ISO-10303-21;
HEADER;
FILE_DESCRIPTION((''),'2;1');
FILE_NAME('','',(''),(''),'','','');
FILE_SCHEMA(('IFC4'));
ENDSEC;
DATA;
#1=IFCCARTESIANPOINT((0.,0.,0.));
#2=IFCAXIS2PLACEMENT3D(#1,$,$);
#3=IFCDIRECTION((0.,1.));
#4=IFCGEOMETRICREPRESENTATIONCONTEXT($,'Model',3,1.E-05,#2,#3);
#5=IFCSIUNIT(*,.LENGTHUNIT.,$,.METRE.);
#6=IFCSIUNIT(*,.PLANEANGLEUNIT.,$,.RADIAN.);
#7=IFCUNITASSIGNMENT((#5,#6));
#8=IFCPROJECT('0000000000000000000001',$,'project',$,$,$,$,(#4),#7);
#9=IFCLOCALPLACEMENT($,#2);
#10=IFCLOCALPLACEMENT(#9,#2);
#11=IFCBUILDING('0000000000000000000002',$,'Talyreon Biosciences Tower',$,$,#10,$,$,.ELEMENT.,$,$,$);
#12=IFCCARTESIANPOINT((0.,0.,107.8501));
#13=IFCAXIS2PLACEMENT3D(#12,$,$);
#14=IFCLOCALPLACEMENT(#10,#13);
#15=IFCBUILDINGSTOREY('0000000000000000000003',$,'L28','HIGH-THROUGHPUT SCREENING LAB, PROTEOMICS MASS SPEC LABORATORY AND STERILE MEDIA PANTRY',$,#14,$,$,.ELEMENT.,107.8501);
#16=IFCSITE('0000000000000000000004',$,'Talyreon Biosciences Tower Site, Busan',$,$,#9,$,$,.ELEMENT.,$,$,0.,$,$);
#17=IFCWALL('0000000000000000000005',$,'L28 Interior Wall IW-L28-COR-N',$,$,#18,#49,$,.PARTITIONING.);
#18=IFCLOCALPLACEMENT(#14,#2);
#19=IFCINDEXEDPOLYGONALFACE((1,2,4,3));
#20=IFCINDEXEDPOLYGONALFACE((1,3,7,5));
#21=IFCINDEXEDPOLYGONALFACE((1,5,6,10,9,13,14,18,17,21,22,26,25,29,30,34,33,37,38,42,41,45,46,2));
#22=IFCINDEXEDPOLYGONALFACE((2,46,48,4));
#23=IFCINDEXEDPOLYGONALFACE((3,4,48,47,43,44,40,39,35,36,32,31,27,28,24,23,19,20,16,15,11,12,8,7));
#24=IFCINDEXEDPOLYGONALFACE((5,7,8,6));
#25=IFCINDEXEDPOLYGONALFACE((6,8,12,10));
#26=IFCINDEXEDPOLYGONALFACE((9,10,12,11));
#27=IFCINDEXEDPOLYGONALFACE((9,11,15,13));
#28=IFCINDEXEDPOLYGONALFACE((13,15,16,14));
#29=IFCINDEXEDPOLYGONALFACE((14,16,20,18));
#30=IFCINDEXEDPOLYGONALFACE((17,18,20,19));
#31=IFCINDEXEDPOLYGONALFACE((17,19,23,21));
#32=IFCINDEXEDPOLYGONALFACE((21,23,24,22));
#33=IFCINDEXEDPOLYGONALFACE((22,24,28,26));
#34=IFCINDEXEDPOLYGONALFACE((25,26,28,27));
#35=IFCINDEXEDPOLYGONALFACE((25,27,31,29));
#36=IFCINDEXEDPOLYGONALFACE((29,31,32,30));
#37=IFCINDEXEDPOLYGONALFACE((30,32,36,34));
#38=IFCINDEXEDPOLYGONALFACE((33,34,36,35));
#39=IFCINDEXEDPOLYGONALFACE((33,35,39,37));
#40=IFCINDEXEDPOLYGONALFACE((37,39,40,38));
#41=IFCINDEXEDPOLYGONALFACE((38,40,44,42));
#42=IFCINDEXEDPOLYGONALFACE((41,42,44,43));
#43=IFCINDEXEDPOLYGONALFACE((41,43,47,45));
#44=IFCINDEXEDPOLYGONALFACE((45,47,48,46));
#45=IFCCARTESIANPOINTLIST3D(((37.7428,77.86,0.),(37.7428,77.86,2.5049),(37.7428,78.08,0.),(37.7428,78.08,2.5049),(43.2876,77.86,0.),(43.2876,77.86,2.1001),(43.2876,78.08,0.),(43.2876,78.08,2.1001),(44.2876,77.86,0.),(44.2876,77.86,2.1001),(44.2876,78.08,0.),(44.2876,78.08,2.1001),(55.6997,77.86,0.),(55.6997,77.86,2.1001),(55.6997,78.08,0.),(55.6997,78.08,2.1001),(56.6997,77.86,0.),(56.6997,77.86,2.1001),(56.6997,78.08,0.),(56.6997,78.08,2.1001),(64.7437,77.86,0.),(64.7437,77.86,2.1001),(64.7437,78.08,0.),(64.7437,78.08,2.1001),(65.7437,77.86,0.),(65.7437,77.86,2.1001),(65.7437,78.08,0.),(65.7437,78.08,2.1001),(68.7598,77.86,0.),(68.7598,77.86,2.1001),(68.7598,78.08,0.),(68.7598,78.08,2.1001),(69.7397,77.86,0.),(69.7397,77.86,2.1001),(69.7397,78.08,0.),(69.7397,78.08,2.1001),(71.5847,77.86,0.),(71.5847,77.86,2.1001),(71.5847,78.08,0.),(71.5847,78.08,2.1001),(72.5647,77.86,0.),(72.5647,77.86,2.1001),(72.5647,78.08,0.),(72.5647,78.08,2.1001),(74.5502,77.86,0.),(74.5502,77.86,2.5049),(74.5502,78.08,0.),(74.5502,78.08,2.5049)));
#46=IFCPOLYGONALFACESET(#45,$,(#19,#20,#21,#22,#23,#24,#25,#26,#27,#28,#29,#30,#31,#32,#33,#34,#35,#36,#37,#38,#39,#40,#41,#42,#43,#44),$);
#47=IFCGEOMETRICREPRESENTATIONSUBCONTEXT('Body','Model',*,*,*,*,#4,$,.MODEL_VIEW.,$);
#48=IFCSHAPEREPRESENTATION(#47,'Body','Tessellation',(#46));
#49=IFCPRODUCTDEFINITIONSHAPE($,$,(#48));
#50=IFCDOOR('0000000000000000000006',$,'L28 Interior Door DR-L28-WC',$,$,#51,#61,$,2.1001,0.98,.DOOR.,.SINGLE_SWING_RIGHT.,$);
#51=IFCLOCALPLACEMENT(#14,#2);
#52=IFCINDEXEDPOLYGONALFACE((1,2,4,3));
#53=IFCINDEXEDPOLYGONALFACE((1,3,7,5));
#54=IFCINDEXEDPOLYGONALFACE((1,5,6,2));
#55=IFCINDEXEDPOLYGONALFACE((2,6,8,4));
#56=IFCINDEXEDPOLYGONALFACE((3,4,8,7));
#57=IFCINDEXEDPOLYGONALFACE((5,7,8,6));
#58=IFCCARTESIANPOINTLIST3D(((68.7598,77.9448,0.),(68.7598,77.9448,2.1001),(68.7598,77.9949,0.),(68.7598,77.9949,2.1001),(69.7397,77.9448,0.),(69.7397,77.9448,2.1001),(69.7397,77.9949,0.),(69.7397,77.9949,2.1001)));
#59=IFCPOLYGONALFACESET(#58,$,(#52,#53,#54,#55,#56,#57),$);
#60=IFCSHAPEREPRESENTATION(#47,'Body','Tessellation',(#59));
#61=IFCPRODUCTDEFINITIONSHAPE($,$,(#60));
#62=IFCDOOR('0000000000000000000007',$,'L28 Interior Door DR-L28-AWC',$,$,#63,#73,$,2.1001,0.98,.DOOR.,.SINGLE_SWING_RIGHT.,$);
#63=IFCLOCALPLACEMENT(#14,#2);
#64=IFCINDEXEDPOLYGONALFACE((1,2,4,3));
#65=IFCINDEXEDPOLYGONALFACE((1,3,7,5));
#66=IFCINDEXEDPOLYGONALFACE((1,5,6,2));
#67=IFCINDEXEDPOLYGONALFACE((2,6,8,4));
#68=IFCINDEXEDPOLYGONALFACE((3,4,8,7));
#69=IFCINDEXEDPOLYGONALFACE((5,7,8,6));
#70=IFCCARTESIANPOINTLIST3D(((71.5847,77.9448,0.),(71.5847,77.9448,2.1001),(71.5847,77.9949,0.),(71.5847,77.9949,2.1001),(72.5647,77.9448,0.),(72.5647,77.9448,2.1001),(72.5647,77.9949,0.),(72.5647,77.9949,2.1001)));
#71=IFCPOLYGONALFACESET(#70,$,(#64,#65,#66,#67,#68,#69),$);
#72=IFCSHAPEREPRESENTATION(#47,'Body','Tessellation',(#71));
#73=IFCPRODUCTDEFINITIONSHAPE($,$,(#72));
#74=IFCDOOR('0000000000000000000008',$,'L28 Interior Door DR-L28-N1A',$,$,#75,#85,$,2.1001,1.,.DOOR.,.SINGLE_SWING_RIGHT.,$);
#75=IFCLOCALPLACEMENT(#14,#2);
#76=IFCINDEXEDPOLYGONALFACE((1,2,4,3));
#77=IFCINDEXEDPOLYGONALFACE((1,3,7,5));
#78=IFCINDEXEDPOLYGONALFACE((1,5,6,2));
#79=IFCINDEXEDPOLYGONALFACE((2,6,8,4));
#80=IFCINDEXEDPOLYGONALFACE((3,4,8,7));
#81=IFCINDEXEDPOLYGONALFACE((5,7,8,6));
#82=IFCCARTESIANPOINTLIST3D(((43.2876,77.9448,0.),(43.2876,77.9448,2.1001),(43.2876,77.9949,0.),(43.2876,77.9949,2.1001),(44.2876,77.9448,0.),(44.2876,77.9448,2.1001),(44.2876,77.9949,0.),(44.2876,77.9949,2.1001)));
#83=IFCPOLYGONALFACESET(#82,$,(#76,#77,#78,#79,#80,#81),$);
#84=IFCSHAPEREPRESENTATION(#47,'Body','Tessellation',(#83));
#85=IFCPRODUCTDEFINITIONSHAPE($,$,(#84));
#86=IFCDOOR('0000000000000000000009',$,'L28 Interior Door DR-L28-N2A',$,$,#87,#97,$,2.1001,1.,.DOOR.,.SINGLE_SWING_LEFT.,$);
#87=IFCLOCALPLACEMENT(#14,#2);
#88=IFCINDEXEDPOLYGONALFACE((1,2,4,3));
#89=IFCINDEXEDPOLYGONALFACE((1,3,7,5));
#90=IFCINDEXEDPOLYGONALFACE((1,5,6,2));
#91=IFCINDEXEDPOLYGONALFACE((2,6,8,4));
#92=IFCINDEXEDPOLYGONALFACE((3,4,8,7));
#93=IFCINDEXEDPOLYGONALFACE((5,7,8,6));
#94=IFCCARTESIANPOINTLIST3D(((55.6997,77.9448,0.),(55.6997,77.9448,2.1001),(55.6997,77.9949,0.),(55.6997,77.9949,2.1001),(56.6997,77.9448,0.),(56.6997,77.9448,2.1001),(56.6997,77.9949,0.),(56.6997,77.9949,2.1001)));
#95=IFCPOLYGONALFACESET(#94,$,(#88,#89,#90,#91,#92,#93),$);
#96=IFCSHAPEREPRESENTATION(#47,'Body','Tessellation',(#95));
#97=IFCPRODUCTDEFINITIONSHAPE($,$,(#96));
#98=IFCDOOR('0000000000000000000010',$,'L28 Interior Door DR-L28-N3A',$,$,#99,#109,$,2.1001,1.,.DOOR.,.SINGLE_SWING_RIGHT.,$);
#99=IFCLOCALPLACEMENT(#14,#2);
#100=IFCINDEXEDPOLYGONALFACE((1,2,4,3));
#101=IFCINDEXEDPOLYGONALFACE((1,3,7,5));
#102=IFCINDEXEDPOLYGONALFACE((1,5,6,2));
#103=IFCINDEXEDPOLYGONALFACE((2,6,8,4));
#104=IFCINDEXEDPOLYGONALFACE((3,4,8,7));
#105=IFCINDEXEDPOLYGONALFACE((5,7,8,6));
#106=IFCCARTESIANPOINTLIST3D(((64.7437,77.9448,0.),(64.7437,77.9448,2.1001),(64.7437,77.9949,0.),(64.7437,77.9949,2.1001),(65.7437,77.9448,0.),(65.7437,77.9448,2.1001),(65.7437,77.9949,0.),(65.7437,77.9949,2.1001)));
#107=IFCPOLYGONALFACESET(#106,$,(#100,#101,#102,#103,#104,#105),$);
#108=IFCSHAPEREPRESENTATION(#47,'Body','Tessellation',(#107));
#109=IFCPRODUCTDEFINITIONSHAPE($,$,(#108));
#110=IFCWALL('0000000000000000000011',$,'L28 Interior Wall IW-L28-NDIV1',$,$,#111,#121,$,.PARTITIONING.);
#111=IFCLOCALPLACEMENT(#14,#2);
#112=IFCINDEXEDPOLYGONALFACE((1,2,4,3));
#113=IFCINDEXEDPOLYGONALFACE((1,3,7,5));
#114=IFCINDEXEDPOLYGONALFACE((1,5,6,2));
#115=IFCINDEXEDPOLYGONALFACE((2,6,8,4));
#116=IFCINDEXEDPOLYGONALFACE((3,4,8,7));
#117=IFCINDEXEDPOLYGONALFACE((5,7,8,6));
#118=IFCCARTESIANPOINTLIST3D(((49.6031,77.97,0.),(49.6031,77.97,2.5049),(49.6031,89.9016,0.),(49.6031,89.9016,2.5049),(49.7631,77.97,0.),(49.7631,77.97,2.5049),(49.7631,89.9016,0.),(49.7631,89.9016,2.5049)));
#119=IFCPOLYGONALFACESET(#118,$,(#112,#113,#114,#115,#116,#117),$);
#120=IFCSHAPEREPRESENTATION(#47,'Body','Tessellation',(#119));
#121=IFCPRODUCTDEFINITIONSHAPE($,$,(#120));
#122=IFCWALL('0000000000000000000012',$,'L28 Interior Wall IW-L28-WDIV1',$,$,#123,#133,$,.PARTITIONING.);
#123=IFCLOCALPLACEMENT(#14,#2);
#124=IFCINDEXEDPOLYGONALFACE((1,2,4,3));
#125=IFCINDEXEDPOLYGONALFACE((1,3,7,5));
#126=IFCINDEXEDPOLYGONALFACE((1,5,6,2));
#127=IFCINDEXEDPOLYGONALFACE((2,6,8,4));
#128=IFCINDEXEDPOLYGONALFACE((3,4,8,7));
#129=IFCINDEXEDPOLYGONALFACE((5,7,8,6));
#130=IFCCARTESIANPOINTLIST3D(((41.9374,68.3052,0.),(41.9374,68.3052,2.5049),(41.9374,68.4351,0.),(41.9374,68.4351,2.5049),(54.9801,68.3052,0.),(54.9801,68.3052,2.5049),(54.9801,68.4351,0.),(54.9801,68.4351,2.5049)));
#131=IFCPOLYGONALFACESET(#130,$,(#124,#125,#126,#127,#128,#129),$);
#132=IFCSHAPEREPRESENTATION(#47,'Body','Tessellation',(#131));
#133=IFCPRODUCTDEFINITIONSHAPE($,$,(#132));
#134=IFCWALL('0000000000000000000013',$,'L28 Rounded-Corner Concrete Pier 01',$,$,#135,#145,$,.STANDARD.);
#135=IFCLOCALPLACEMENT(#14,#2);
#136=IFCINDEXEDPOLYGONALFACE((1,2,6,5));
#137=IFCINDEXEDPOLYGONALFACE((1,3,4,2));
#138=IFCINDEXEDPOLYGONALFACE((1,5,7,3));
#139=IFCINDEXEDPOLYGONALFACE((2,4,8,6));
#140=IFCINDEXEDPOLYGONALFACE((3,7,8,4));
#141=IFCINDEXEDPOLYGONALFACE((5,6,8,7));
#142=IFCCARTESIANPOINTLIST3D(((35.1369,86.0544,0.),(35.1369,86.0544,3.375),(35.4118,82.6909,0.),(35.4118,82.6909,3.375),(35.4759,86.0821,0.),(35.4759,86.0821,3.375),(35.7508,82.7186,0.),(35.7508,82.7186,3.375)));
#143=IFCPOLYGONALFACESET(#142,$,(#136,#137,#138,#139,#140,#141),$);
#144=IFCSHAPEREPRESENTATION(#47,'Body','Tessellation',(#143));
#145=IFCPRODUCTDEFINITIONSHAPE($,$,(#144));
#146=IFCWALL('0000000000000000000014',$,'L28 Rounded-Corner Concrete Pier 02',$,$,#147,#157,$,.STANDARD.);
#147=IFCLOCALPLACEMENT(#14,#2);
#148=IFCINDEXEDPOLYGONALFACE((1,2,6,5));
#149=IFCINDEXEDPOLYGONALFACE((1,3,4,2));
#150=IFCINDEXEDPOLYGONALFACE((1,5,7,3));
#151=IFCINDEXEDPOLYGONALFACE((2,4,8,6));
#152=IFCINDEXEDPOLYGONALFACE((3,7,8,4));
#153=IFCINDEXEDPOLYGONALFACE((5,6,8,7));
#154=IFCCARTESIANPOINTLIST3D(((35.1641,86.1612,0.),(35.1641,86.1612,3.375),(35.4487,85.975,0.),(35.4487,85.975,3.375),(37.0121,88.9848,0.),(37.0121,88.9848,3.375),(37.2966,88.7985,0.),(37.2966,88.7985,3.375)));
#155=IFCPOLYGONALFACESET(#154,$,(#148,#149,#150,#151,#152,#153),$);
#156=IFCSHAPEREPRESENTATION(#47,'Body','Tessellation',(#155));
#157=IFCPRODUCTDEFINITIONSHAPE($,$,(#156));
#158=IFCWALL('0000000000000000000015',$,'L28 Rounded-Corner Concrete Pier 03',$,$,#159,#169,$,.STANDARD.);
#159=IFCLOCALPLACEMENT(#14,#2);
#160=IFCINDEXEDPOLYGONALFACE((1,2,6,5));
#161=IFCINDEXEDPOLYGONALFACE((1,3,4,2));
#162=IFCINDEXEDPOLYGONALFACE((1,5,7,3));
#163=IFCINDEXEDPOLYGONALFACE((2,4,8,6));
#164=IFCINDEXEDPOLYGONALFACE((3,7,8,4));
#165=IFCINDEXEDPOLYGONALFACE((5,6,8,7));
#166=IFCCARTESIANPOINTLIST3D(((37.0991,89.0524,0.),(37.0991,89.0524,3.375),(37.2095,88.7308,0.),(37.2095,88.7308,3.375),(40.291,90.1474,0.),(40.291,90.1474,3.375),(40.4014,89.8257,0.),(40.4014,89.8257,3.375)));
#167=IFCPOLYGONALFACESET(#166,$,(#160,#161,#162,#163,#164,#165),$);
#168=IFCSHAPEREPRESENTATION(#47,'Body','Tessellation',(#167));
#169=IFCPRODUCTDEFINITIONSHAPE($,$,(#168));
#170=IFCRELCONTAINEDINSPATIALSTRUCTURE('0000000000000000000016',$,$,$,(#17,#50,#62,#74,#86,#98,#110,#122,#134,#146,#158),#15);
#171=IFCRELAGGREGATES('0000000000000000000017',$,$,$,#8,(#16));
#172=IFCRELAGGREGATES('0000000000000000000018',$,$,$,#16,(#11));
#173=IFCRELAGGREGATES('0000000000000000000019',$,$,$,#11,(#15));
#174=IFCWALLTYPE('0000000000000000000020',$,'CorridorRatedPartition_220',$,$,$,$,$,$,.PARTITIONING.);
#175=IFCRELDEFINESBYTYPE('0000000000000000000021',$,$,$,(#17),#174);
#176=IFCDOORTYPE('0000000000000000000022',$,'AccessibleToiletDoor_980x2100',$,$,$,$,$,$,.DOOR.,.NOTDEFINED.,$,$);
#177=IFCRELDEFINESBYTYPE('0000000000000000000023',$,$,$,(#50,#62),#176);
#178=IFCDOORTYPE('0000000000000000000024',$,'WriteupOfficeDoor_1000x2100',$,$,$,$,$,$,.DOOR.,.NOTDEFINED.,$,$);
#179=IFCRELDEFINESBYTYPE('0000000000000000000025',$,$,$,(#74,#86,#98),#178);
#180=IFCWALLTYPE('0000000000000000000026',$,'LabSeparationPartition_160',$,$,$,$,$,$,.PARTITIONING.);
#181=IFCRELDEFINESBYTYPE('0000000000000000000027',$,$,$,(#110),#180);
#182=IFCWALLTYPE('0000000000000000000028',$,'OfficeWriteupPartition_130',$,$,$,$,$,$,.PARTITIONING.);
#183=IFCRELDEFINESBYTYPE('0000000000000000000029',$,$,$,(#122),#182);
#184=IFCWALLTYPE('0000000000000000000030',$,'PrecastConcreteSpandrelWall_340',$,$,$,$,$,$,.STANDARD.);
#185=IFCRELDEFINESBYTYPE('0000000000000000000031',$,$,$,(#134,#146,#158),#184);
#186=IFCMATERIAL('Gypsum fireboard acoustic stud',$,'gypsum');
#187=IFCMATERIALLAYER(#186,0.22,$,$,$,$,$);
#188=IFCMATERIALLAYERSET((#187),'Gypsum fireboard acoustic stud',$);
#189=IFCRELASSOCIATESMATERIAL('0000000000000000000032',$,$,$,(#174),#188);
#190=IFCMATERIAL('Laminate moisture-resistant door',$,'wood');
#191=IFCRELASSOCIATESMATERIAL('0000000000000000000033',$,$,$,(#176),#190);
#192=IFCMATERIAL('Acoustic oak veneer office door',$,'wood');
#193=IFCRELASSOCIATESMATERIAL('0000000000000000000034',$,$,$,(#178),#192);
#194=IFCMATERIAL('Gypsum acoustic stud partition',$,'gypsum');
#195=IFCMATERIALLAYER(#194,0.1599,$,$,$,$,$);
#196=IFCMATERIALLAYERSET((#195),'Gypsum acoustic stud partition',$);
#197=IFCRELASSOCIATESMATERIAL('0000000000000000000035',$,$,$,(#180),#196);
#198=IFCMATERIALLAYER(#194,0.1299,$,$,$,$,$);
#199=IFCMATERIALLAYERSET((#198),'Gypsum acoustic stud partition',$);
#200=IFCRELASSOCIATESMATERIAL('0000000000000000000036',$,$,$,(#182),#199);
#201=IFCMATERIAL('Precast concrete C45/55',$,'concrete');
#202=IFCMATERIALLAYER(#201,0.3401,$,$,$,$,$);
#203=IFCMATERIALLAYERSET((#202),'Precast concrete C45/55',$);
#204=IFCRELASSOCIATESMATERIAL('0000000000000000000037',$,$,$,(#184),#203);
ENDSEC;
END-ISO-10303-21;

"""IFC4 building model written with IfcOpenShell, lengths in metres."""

from ifc_helpers import new_model, si_unit, direction, frame, frame_2d, origin, place, context, subcontext, project, spatial, rectangle, extrude, material, layer, layer_set, type_object, element, fill, save


model = new_model("IFC4")

# Units and contexts
model_context = context("Model", 3, precision=1e-05, world=origin(), true_north=direction((0.0, 1.0)))
body_context = subcontext(model_context, "Body", "Model", "MODEL_VIEW")
ifc_project = project(units=[si_unit("LENGTHUNIT", "METRE"), si_unit("PLANEANGLEUNIT", "RADIAN")], contexts=[model_context])

# Site, building, storey
site_placement = place(None, origin())
site = spatial("IfcSite", under=ifc_project, at=site_placement, Name="Talyreon Biosciences Tower Site, Busan", CompositionType="ELEMENT", RefElevation=0.0)
building_placement = place(site_placement, origin())
building = spatial("IfcBuilding", under=site, at=building_placement, Name="Talyreon Biosciences Tower", CompositionType="ELEMENT")
storey_placement = place(building_placement, frame((0.0, 0.0, 107.8501)))
storey = spatial("IfcBuildingStorey", under=building, at=storey_placement, Name="L28", Description="HIGH-THROUGHPUT SCREENING LAB, PROTEOMICS MASS SPEC LABORATORY AND STERILE MEDIA PANTRY", CompositionType="ELEMENT", Elevation=107.8501)

# Shared definitions
ifc_material_1 = material(Name="Precast concrete C45/55", Category="concrete")

# Wall, openings, doors
ifc_material_2 = material(Name="Gypsum fireboard acoustic stud", Category="gypsum")
ifc_layer_1 = layer(ifc_material_2, 0.22)
ifc_layer_set_1 = layer_set([ifc_layer_1], Name="Gypsum fireboard acoustic stud")
wall_type_1 = type_object("IfcWallType", Name="CorridorRatedPartition_220", PredefinedType="PARTITIONING", material=ifc_layer_set_1)
wall_1_placement = place(storey_placement, frame((37.7427, 77.97, 0.0), z_axis=(0.0, 0.0, 1.0), x_axis=(1.0, 0.0, 0.0)))
wall_1 = element("IfcWall", 1, at=wall_1_placement, inside=storey, type_object=wall_type_1, Name="L28 Interior Wall IW-L28-COR-N", PredefinedType="PARTITIONING", context=body_context, shape_type="SweptSolid", body=[
    extrude(rectangle(XDim=36.8074, YDim=0.22, at=frame_2d((18.4038, 0.0))), origin(), (0.0, 0.0, 1.0), 2.5049),
])
opening_1_placement = place(wall_1_placement, frame((31.0171, 0.0, 0.0)))
opening_1 = element("IfcOpeningElement", 2, at=opening_1_placement, cuts=wall_1, PredefinedType="OPENING", context=body_context, shape_type="SweptSolid", body=[
    extrude(rectangle(XDim=0.98, YDim=2.1001, at=frame_2d((0.49, 1.05))), frame((0.0, 0.1199, 0.0), z_axis=(0.0, -1.0, 0.0), x_axis=(1.0, 0.0, 0.0)), (0.0, 0.0, 1.0), 0.24),
])
opening_2_placement = place(wall_1_placement, frame((33.842, 0.0, 0.0)))
opening_2 = element("IfcOpeningElement", 3, at=opening_2_placement, cuts=wall_1, PredefinedType="OPENING", context=body_context, shape_type="SweptSolid", body=[
    extrude(rectangle(XDim=0.98, YDim=2.1001, at=frame_2d((0.49, 1.05))), frame((0.0, 0.1199, 0.0), z_axis=(0.0, -1.0, 0.0), x_axis=(1.0, 0.0, 0.0)), (0.0, 0.0, 1.0), 0.24),
])
opening_3_placement = place(wall_1_placement, frame((5.5449, 0.0, 0.0)))
opening_3 = element("IfcOpeningElement", 4, at=opening_3_placement, cuts=wall_1, PredefinedType="OPENING", context=body_context, shape_type="SweptSolid", body=[
    extrude(rectangle(XDim=1.0, YDim=2.1001, at=frame_2d((0.5, 1.05))), frame((0.0, 0.1199, 0.0), z_axis=(0.0, -1.0, 0.0), x_axis=(1.0, 0.0, 0.0)), (0.0, 0.0, 1.0), 0.24),
])
opening_4_placement = place(wall_1_placement, frame((17.957, 0.0, 0.0)))
opening_4 = element("IfcOpeningElement", 5, at=opening_4_placement, cuts=wall_1, PredefinedType="OPENING", context=body_context, shape_type="SweptSolid", body=[
    extrude(rectangle(XDim=1.0, YDim=2.1001, at=frame_2d((0.5, 1.05))), frame((0.0, 0.1199, 0.0), z_axis=(0.0, -1.0, 0.0), x_axis=(1.0, 0.0, 0.0)), (0.0, 0.0, 1.0), 0.24),
])
opening_5_placement = place(wall_1_placement, frame((27.001, 0.0, 0.0)))
opening_5 = element("IfcOpeningElement", 6, at=opening_5_placement, cuts=wall_1, PredefinedType="OPENING", context=body_context, shape_type="SweptSolid", body=[
    extrude(rectangle(XDim=1.0, YDim=2.1001, at=frame_2d((0.5, 1.05))), frame((0.0, 0.1199, 0.0), z_axis=(0.0, -1.0, 0.0), x_axis=(1.0, 0.0, 0.0)), (0.0, 0.0, 1.0), 0.24),
])
ifc_material_3 = material(Name="Laminate moisture-resistant door", Category="wood")
door_type_1 = type_object("IfcDoorType", Name="AccessibleToiletDoor_980x2100", OperationType="NOTDEFINED", PredefinedType="DOOR", material=ifc_material_3)
door_1_placement = place(opening_1_placement, origin())
door_1 = element("IfcDoor", 7, at=door_1_placement, inside=storey, type_object=door_type_1, Name="L28 Interior Door DR-L28-WC", OperationType="SINGLE_SWING_RIGHT", OverallHeight=2.1001, OverallWidth=0.98, PredefinedType="DOOR", context=body_context, shape_type="SweptSolid", body=[
    extrude(rectangle(XDim=0.98, YDim=2.1001, at=frame_2d((0.49, 1.05))), frame((0.0, 0.0249, 0.0), z_axis=(0.0, -1.0, 0.0), x_axis=(1.0, 0.0, 0.0)), (0.0, 0.0, 1.0), 0.05),
])
fill(opening_1, door_1)
door_2_placement = place(opening_2_placement, origin())
door_2 = element("IfcDoor", 8, at=door_2_placement, inside=storey, type_object=door_type_1, Name="L28 Interior Door DR-L28-AWC", OperationType="SINGLE_SWING_RIGHT", OverallHeight=2.1001, OverallWidth=0.98, PredefinedType="DOOR", context=body_context, shape_type="SweptSolid", body=[
    extrude(rectangle(XDim=0.98, YDim=2.1001, at=frame_2d((0.49, 1.05))), frame((0.0, 0.0249, 0.0), z_axis=(0.0, -1.0, 0.0), x_axis=(1.0, 0.0, 0.0)), (0.0, 0.0, 1.0), 0.05),
])
fill(opening_2, door_2)
ifc_material_4 = material(Name="Acoustic oak veneer office door", Category="wood")
door_type_2 = type_object("IfcDoorType", Name="WriteupOfficeDoor_1000x2100", OperationType="NOTDEFINED", PredefinedType="DOOR", material=ifc_material_4)
door_3_placement = place(opening_3_placement, origin())
door_3 = element("IfcDoor", 9, at=door_3_placement, inside=storey, type_object=door_type_2, Name="L28 Interior Door DR-L28-N1A", OperationType="SINGLE_SWING_RIGHT", OverallHeight=2.1001, OverallWidth=1.0, PredefinedType="DOOR", context=body_context, shape_type="SweptSolid", body=[
    extrude(rectangle(XDim=1.0, YDim=2.1001, at=frame_2d((0.5, 1.05))), frame((0.0, 0.0249, 0.0), z_axis=(0.0, -1.0, 0.0), x_axis=(1.0, 0.0, 0.0)), (0.0, 0.0, 1.0), 0.05),
])
fill(opening_3, door_3)
door_4_placement = place(opening_4_placement, origin())
door_4 = element("IfcDoor", 10, at=door_4_placement, inside=storey, type_object=door_type_2, Name="L28 Interior Door DR-L28-N2A", OperationType="SINGLE_SWING_LEFT", OverallHeight=2.1001, OverallWidth=1.0, PredefinedType="DOOR", context=body_context, shape_type="SweptSolid", body=[
    extrude(rectangle(XDim=1.0, YDim=2.1001, at=frame_2d((0.5, 1.05))), frame((0.0, 0.0249, 0.0), z_axis=(0.0, -1.0, 0.0), x_axis=(1.0, 0.0, 0.0)), (0.0, 0.0, 1.0), 0.05),
])
fill(opening_4, door_4)
door_5_placement = place(opening_5_placement, origin())
door_5 = element("IfcDoor", 11, at=door_5_placement, inside=storey, type_object=door_type_2, Name="L28 Interior Door DR-L28-N3A", OperationType="SINGLE_SWING_RIGHT", OverallHeight=2.1001, OverallWidth=1.0, PredefinedType="DOOR", context=body_context, shape_type="SweptSolid", body=[
    extrude(rectangle(XDim=1.0, YDim=2.1001, at=frame_2d((0.5, 1.05))), frame((0.0, 0.0249, 0.0), z_axis=(0.0, -1.0, 0.0), x_axis=(1.0, 0.0, 0.0)), (0.0, 0.0, 1.0), 0.05),
])
fill(opening_5, door_5)

# Walls
ifc_material_5 = material(Name="Gypsum acoustic stud partition", Category="gypsum")
ifc_layer_2 = layer(ifc_material_5, 0.1599)
ifc_layer_set_2 = layer_set([ifc_layer_2], Name="Gypsum acoustic stud partition")
wall_type_2 = type_object("IfcWallType", Name="LabSeparationPartition_160", PredefinedType="PARTITIONING", material=ifc_layer_set_2)
wall_2_placement = place(storey_placement, frame((49.6831, 77.97, 0.0), z_axis=(0.0, 0.0, 1.0), x_axis=(0.0, 1.0, 0.0)))
element("IfcWall", 12, at=wall_2_placement, inside=storey, type_object=wall_type_2, Name="L28 Interior Wall IW-L28-NDIV1", PredefinedType="PARTITIONING", context=body_context, shape_type="SweptSolid", body=[
    extrude(rectangle(XDim=11.9316, YDim=0.1599, at=frame_2d((5.9658, 0.0))), origin(), (0.0, 0.0, 1.0), 2.5049),
])
ifc_layer_3 = layer(ifc_material_5, 0.1299)
ifc_layer_set_3 = layer_set([ifc_layer_3], Name="Gypsum acoustic stud partition")
wall_type_3 = type_object("IfcWallType", Name="OfficeWriteupPartition_130", PredefinedType="PARTITIONING", material=ifc_layer_set_3)
wall_3_placement = place(storey_placement, frame((41.9373, 68.3701, 0.0), z_axis=(0.0, 0.0, 1.0), x_axis=(1.0, 0.0, 0.0)))
element("IfcWall", 13, at=wall_3_placement, inside=storey, type_object=wall_type_3, Name="L28 Interior Wall IW-L28-WDIV1", PredefinedType="PARTITIONING", context=body_context, shape_type="SweptSolid", body=[
    extrude(rectangle(XDim=13.0427, YDim=0.1299, at=frame_2d((6.5215, 0.0))), origin(), (0.0, 0.0, 1.0), 2.5049),
])
ifc_layer_4 = layer(ifc_material_1, 0.3401)
ifc_layer_set_4 = layer_set([ifc_layer_4], Name="Precast concrete C45/55")
wall_type_4 = type_object("IfcWallType", Name="PrecastConcreteSpandrelWall_340", PredefinedType="STANDARD", material=ifc_layer_set_4)
wall_4_placement = place(storey_placement, frame((35.5813, 82.7046, 0.0), z_axis=(0.0, 0.0, 1.0), x_axis=(-0.081459, 0.996677, 0.0)))
element("IfcWall", 14, at=wall_4_placement, inside=storey, type_object=wall_type_4, Name="L28 Rounded-Corner Concrete Pier 01", PredefinedType="STANDARD", context=body_context, shape_type="SweptSolid", body=[
    extrude(rectangle(XDim=3.3748, YDim=0.3401, at=frame_2d((1.6875, 0.0))), origin(), (0.0, 0.0, 1.0), 3.375),
])
for number, where, z_axis, x_axis, name in (
    (15, (35.3064, 86.0681, 0.0), (0.0, 0.0, 1.0), (0.547618, 0.836729, 0.0), "L28 Rounded-Corner Concrete Pier 02"),
    (16, (37.1543, 88.8916, 0.0), (0.0, 0.0, 1.0), (0.945891, 0.324485, 0.0), "L28 Rounded-Corner Concrete Pier 03"),
):
    element("IfcWall", number, at=place(storey_placement, frame(where, z_axis=z_axis, x_axis=x_axis)), inside=storey, type_object=wall_type_4, Name=name, PredefinedType="STANDARD", context=body_context, shape_type="SweptSolid", body=[
        extrude(rectangle(XDim=3.3745, YDim=0.3401, at=frame_2d((1.6873, 0.0))), origin(), (0.0, 0.0, 1.0), 3.375),
    ])

save(model, "model.ifc")
